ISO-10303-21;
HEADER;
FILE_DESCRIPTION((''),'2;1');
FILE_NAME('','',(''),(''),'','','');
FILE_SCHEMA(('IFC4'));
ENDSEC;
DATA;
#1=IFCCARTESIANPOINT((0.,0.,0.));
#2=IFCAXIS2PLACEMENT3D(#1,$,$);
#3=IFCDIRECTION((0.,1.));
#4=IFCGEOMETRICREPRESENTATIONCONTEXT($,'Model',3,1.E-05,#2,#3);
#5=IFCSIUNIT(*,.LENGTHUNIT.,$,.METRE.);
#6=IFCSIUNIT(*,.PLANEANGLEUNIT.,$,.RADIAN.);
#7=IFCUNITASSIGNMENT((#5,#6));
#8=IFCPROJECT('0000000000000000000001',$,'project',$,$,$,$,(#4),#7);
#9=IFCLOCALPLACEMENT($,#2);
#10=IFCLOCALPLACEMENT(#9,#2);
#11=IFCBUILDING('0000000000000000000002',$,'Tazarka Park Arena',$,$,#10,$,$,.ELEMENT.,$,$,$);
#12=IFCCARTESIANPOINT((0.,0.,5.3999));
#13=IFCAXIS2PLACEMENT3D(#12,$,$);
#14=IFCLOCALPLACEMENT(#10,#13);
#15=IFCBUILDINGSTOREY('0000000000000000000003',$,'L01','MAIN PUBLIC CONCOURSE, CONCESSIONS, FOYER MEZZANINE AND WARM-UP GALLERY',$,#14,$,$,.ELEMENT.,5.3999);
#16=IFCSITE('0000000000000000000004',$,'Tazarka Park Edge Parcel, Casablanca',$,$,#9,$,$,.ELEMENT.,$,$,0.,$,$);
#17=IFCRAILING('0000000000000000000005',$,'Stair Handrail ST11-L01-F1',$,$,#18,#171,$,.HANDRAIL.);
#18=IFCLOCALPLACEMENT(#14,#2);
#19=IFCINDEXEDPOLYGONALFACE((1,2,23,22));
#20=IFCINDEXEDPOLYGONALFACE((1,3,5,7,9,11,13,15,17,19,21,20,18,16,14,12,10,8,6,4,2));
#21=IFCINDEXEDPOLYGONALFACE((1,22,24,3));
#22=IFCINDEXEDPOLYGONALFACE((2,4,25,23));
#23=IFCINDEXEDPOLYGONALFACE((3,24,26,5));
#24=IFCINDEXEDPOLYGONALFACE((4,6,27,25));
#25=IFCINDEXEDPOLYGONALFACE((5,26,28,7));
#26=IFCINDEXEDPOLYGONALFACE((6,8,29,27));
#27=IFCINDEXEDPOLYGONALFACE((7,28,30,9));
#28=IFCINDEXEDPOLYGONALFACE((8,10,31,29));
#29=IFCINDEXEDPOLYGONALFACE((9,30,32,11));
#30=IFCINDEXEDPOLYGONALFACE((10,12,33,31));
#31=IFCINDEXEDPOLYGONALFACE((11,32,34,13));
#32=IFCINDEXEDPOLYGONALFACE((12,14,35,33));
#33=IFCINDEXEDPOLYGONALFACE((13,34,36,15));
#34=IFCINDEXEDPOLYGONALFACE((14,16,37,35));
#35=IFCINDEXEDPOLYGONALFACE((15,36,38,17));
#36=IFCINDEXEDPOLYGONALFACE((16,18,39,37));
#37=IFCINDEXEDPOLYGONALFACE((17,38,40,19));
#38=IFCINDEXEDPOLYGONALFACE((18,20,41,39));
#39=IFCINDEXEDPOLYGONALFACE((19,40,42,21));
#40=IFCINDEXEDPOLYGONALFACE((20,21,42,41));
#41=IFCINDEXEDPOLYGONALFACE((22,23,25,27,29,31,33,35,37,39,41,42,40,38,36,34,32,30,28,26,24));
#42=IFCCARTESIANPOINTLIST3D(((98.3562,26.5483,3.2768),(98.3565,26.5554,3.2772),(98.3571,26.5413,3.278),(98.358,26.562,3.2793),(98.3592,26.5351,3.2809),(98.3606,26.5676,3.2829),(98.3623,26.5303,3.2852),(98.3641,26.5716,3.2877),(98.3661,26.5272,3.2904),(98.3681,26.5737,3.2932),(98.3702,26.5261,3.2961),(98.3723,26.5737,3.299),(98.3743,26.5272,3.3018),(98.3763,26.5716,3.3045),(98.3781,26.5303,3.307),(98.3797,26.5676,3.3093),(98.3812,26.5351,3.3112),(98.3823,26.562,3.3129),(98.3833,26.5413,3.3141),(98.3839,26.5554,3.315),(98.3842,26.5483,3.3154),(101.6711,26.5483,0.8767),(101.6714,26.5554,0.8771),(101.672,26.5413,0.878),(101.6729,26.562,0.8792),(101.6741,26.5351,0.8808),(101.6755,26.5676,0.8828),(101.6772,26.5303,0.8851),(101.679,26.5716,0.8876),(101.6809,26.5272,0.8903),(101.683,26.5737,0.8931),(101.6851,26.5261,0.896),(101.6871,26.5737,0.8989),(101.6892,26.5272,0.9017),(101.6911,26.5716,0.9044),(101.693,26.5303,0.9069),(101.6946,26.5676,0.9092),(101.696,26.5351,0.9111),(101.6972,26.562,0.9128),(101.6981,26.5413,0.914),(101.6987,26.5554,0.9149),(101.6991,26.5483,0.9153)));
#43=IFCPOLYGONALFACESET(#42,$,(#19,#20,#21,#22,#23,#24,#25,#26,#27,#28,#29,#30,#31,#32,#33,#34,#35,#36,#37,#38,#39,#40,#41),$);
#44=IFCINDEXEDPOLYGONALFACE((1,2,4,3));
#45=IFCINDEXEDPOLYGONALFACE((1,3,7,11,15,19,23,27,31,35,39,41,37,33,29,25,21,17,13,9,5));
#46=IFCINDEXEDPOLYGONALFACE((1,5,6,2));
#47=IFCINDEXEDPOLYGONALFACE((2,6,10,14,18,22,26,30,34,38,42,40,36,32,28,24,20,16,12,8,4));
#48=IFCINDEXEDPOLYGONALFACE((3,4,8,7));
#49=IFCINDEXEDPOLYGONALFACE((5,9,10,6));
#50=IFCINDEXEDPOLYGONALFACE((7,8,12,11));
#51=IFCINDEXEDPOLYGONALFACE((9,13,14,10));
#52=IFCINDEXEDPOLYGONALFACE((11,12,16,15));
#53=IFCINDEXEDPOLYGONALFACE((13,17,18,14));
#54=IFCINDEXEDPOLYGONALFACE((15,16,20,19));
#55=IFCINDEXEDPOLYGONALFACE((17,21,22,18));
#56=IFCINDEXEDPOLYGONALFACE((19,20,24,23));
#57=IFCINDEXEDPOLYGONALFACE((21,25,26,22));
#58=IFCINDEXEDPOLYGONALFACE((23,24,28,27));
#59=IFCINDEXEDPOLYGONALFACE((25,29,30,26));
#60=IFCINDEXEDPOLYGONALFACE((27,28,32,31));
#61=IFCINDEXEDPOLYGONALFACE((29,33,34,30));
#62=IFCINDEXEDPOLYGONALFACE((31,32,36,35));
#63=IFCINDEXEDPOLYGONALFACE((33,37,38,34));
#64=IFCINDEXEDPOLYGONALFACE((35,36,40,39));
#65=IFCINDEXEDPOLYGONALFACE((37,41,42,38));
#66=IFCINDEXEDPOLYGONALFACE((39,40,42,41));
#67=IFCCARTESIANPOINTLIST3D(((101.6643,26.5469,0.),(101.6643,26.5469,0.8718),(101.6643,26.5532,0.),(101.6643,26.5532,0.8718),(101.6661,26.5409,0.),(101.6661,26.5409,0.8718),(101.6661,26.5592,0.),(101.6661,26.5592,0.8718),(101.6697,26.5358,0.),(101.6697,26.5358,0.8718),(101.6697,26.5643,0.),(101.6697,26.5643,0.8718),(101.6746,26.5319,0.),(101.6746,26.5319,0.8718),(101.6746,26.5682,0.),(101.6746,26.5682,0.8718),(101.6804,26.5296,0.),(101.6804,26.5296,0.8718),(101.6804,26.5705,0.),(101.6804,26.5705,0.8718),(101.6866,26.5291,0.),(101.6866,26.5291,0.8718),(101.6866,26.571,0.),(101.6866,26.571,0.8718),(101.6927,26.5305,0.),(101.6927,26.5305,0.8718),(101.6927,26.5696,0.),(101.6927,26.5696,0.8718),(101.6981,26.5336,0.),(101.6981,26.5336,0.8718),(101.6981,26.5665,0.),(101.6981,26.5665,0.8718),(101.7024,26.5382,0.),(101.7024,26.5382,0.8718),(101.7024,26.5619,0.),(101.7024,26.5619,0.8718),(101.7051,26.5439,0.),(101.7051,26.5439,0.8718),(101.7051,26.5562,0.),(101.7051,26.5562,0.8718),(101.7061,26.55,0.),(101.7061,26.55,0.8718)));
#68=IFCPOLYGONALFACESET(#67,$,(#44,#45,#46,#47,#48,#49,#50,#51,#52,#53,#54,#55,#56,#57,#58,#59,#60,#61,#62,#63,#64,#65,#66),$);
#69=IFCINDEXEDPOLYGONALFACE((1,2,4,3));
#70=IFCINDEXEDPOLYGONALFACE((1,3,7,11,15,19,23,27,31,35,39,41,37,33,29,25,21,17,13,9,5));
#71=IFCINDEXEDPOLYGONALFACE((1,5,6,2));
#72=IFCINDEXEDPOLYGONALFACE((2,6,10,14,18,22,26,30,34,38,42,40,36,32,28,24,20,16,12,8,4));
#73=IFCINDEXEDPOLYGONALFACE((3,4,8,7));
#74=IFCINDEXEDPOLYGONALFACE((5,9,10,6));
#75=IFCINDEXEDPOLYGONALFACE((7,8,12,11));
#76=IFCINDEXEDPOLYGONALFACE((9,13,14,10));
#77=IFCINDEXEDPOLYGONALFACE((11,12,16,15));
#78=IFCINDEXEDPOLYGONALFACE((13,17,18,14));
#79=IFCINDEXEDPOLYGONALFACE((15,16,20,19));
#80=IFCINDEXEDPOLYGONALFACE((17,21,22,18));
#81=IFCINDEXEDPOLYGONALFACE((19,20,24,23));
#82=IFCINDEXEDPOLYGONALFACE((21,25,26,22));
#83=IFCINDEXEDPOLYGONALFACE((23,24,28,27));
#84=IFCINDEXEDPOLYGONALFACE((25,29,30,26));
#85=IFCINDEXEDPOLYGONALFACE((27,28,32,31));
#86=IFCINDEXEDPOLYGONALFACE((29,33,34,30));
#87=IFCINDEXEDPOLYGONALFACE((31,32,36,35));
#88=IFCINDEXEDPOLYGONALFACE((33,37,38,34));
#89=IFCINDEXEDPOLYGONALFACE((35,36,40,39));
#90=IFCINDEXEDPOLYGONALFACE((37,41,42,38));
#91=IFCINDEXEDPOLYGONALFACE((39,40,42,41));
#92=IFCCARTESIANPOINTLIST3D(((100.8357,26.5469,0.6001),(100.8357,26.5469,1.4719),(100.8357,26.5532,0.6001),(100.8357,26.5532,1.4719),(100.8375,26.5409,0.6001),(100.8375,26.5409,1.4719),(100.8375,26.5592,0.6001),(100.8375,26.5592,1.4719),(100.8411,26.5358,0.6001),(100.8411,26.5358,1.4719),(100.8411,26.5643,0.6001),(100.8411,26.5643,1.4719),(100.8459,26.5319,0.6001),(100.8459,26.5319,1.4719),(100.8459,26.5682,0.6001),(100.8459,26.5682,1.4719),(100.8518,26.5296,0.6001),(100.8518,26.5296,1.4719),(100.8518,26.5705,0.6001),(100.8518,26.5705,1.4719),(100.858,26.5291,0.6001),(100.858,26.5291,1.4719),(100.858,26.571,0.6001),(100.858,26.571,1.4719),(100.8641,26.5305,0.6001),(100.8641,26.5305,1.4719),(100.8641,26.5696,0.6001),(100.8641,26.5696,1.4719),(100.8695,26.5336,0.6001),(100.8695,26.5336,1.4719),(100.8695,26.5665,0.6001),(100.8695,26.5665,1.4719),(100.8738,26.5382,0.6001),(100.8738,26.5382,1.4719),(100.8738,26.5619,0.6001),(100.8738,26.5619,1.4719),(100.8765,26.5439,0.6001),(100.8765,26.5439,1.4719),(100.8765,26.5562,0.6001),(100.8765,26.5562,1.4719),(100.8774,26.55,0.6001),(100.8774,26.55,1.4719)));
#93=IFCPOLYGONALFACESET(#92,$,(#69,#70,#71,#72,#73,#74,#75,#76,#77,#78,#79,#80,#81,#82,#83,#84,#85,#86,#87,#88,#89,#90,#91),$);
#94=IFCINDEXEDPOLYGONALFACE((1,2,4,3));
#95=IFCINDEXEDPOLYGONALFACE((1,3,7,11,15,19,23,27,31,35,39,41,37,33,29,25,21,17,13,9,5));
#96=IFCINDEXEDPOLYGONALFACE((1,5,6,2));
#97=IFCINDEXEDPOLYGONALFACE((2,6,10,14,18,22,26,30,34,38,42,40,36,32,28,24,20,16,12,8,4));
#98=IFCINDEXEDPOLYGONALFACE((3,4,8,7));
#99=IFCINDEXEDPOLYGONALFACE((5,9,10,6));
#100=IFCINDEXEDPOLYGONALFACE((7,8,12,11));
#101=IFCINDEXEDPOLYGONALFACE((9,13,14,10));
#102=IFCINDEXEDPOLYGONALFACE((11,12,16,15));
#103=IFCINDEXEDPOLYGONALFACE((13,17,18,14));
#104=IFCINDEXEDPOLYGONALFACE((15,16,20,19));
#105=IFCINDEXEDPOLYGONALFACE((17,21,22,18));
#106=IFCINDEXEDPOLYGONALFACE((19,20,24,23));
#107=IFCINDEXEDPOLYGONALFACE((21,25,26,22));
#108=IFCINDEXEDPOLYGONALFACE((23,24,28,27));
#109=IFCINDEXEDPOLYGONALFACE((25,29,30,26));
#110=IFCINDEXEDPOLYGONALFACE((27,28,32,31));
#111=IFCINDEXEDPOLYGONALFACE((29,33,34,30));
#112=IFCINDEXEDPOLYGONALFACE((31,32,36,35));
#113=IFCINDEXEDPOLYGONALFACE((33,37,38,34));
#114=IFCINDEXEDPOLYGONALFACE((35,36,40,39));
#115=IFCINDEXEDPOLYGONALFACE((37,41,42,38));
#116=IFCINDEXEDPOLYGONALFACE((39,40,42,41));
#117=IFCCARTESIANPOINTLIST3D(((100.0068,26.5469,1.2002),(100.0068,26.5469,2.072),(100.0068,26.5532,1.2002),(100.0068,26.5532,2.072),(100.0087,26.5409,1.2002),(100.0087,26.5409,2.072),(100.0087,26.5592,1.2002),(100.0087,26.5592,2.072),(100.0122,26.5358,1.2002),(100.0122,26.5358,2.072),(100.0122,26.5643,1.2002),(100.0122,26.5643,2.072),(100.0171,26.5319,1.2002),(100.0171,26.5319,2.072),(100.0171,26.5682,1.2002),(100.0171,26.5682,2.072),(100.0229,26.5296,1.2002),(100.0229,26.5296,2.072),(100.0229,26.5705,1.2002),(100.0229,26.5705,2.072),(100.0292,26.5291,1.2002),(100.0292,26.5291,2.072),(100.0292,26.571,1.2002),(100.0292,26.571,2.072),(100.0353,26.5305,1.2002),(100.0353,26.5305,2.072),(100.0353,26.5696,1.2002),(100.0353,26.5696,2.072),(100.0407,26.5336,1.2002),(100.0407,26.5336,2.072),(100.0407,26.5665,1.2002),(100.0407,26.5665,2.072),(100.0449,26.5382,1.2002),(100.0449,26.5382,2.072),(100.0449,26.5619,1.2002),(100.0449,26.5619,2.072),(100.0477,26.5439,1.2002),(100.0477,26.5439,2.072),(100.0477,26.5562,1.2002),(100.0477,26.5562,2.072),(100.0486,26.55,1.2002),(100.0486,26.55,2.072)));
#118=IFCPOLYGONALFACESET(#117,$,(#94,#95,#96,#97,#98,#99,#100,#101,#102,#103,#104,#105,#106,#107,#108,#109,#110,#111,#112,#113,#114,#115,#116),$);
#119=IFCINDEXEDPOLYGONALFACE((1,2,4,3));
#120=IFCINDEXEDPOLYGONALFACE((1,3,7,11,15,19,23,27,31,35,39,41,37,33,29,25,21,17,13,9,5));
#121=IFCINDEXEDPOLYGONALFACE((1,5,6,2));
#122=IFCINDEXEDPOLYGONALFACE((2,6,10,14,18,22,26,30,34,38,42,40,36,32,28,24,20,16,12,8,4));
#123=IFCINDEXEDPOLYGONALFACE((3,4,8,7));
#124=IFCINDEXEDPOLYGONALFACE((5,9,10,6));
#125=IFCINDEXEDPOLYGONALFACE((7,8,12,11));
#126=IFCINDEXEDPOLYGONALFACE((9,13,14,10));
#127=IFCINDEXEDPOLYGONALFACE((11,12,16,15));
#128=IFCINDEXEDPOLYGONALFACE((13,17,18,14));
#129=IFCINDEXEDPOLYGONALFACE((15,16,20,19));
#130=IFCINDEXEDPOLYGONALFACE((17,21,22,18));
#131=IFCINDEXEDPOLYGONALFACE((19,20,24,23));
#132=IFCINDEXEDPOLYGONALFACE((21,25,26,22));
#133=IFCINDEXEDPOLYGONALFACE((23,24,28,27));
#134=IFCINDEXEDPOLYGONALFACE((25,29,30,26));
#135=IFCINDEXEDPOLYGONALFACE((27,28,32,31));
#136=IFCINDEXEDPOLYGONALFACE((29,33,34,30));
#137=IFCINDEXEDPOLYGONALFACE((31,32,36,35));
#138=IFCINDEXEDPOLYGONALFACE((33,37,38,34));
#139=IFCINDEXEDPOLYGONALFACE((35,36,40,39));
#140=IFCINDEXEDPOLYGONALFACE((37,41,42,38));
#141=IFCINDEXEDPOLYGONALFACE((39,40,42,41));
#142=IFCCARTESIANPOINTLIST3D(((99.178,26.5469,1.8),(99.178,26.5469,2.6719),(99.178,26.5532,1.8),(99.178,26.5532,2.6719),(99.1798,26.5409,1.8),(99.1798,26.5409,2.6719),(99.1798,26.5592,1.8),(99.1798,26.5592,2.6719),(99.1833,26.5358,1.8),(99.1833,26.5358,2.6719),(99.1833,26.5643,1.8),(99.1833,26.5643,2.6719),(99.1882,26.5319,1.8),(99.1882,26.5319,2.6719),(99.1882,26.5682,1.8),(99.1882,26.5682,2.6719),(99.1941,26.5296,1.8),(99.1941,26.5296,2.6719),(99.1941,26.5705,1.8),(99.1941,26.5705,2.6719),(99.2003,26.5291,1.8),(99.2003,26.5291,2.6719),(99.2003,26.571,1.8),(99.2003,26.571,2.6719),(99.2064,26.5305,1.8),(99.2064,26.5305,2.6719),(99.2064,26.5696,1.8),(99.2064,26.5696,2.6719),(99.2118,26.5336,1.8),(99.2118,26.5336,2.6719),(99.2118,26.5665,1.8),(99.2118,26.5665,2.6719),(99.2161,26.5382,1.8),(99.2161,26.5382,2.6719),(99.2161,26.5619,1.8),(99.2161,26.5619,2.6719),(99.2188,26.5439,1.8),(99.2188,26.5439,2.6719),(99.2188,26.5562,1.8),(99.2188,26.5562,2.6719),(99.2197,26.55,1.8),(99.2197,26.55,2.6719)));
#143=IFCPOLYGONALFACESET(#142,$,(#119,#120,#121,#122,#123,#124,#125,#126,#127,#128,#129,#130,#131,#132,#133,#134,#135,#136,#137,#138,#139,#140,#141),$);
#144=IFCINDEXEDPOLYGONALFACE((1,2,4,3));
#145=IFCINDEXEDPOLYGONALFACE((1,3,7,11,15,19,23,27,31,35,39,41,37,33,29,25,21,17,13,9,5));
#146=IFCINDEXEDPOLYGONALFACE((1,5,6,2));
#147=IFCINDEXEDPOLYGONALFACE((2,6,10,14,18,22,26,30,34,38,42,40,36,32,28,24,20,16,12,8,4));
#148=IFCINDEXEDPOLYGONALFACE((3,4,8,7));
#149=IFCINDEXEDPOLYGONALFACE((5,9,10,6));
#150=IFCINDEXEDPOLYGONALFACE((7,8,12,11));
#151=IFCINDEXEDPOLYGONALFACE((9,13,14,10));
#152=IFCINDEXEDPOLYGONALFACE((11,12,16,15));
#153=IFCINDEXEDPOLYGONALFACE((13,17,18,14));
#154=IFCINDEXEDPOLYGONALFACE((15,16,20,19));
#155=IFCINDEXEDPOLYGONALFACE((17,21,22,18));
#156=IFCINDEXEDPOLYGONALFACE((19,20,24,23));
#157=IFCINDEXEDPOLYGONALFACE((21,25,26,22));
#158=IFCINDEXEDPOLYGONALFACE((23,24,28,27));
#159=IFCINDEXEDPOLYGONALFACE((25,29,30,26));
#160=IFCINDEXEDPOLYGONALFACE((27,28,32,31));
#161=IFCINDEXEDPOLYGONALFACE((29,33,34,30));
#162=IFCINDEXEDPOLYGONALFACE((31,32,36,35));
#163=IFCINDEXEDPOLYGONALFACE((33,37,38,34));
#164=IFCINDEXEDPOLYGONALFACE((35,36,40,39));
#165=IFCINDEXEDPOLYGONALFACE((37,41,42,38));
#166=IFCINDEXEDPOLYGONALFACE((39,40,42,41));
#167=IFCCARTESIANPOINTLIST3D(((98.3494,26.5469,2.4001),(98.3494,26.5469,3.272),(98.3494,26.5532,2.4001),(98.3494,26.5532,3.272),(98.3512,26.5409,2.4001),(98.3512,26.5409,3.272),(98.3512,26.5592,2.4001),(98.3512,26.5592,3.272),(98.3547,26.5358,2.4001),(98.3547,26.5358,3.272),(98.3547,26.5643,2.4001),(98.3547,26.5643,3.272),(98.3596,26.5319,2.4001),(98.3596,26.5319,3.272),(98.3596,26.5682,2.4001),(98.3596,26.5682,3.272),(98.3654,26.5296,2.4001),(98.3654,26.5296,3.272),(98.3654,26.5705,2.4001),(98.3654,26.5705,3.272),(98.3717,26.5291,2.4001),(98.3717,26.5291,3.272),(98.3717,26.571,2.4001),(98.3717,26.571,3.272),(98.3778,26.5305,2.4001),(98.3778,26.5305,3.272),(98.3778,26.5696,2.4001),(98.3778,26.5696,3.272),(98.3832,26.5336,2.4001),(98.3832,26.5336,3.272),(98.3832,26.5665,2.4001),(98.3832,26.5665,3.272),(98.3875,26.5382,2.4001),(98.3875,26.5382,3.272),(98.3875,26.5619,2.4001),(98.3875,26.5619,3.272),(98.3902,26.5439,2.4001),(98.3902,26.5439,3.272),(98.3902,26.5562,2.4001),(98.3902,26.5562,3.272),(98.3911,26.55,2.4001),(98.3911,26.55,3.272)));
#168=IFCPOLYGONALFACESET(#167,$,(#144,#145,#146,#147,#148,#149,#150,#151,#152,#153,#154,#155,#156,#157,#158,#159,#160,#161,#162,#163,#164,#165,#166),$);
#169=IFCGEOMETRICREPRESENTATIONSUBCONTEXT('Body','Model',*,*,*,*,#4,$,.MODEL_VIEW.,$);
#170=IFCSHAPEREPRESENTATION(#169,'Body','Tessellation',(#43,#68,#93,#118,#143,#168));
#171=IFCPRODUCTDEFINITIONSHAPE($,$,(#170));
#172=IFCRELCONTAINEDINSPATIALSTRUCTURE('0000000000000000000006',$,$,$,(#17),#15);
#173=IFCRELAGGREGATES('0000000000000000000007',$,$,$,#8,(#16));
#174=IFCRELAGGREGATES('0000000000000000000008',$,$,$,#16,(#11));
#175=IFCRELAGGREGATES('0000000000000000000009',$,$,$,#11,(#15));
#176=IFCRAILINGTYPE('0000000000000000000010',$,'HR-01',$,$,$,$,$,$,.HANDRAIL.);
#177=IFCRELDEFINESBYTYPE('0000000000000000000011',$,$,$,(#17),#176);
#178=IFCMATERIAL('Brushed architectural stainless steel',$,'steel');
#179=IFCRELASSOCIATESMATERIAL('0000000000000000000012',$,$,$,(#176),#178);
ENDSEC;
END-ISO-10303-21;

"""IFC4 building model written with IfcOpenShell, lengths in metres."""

from ifc_helpers import new_model, si_unit, direction, frame, origin, origin_2d, place, context, subcontext, project, spatial, circle, extrude, material, type_object, element, save


model = new_model("IFC4")

# Units and contexts
model_context = context("Model", 3, precision=1e-05, world=origin(), true_north=direction((0.0, 1.0)))
body_context = subcontext(model_context, "Body", "Model", "MODEL_VIEW")
ifc_project = project(units=[si_unit("LENGTHUNIT", "METRE"), si_unit("PLANEANGLEUNIT", "RADIAN")], contexts=[model_context])

# Site, building, storey
site_placement = place(None, origin())
site = spatial("IfcSite", under=ifc_project, at=site_placement, Name="Tazarka Park Edge Parcel, Casablanca", CompositionType="ELEMENT", RefElevation=0.0)
building_placement = place(site_placement, origin())
building = spatial("IfcBuilding", under=site, at=building_placement, Name="Tazarka Park Arena", CompositionType="ELEMENT")
storey_placement = place(building_placement, frame((0.0, 0.0, 5.3999)))
storey = spatial("IfcBuildingStorey", under=building, at=storey_placement, Name="L01", Description="MAIN PUBLIC CONCOURSE, CONCESSIONS, FOYER MEZZANINE AND WARM-UP GALLERY", CompositionType="ELEMENT", Elevation=5.3999)

# Railing
ifc_material_1 = material(Name="Brushed architectural stainless steel", Category="steel")
railing_type_1 = type_object("IfcRailingType", Name="HR-01", PredefinedType="HANDRAIL", material=ifc_material_1)
railing_1_placement = place(storey_placement, frame((101.6851, 26.55, 0.0)))
element("IfcRailing", 1, at=railing_1_placement, inside=storey, type_object=railing_type_1, Name="Stair Handrail ST11-L01-F1", PredefinedType="HANDRAIL", context=body_context, shape_type="SweptSolid", body=[
    extrude(circle(Radius=0.0239, at=origin_2d()), frame((0.0, 0.0, 0.896), z_axis=(-0.80998, 0.0, 0.586457), x_axis=(0.0, -1.0, 0.0)), (0.0, 0.0, 1.0), 4.0925),
    extrude(circle(Radius=0.021, at=origin_2d()), origin(), (0.0, 0.0, 1.0), 0.8718),
    extrude(circle(Radius=0.021, at=origin_2d()), frame((-0.8286, 0.0, 0.6001)), (0.0, 0.0, 1.0), 0.8718),
    extrude(circle(Radius=0.021, at=origin_2d()), frame((-1.6575, 0.0, 1.2002)), (0.0, 0.0, 1.0), 0.8718),
    extrude(circle(Radius=0.021, at=origin_2d()), frame((-2.4863, 0.0, 1.8)), (0.0, 0.0, 1.0), 0.8718),
    extrude(circle(Radius=0.021, at=origin_2d()), frame((-3.3149, 0.0, 2.4001)), (0.0, 0.0, 1.0), 0.8718),
])

save(model, "model.ifc")
